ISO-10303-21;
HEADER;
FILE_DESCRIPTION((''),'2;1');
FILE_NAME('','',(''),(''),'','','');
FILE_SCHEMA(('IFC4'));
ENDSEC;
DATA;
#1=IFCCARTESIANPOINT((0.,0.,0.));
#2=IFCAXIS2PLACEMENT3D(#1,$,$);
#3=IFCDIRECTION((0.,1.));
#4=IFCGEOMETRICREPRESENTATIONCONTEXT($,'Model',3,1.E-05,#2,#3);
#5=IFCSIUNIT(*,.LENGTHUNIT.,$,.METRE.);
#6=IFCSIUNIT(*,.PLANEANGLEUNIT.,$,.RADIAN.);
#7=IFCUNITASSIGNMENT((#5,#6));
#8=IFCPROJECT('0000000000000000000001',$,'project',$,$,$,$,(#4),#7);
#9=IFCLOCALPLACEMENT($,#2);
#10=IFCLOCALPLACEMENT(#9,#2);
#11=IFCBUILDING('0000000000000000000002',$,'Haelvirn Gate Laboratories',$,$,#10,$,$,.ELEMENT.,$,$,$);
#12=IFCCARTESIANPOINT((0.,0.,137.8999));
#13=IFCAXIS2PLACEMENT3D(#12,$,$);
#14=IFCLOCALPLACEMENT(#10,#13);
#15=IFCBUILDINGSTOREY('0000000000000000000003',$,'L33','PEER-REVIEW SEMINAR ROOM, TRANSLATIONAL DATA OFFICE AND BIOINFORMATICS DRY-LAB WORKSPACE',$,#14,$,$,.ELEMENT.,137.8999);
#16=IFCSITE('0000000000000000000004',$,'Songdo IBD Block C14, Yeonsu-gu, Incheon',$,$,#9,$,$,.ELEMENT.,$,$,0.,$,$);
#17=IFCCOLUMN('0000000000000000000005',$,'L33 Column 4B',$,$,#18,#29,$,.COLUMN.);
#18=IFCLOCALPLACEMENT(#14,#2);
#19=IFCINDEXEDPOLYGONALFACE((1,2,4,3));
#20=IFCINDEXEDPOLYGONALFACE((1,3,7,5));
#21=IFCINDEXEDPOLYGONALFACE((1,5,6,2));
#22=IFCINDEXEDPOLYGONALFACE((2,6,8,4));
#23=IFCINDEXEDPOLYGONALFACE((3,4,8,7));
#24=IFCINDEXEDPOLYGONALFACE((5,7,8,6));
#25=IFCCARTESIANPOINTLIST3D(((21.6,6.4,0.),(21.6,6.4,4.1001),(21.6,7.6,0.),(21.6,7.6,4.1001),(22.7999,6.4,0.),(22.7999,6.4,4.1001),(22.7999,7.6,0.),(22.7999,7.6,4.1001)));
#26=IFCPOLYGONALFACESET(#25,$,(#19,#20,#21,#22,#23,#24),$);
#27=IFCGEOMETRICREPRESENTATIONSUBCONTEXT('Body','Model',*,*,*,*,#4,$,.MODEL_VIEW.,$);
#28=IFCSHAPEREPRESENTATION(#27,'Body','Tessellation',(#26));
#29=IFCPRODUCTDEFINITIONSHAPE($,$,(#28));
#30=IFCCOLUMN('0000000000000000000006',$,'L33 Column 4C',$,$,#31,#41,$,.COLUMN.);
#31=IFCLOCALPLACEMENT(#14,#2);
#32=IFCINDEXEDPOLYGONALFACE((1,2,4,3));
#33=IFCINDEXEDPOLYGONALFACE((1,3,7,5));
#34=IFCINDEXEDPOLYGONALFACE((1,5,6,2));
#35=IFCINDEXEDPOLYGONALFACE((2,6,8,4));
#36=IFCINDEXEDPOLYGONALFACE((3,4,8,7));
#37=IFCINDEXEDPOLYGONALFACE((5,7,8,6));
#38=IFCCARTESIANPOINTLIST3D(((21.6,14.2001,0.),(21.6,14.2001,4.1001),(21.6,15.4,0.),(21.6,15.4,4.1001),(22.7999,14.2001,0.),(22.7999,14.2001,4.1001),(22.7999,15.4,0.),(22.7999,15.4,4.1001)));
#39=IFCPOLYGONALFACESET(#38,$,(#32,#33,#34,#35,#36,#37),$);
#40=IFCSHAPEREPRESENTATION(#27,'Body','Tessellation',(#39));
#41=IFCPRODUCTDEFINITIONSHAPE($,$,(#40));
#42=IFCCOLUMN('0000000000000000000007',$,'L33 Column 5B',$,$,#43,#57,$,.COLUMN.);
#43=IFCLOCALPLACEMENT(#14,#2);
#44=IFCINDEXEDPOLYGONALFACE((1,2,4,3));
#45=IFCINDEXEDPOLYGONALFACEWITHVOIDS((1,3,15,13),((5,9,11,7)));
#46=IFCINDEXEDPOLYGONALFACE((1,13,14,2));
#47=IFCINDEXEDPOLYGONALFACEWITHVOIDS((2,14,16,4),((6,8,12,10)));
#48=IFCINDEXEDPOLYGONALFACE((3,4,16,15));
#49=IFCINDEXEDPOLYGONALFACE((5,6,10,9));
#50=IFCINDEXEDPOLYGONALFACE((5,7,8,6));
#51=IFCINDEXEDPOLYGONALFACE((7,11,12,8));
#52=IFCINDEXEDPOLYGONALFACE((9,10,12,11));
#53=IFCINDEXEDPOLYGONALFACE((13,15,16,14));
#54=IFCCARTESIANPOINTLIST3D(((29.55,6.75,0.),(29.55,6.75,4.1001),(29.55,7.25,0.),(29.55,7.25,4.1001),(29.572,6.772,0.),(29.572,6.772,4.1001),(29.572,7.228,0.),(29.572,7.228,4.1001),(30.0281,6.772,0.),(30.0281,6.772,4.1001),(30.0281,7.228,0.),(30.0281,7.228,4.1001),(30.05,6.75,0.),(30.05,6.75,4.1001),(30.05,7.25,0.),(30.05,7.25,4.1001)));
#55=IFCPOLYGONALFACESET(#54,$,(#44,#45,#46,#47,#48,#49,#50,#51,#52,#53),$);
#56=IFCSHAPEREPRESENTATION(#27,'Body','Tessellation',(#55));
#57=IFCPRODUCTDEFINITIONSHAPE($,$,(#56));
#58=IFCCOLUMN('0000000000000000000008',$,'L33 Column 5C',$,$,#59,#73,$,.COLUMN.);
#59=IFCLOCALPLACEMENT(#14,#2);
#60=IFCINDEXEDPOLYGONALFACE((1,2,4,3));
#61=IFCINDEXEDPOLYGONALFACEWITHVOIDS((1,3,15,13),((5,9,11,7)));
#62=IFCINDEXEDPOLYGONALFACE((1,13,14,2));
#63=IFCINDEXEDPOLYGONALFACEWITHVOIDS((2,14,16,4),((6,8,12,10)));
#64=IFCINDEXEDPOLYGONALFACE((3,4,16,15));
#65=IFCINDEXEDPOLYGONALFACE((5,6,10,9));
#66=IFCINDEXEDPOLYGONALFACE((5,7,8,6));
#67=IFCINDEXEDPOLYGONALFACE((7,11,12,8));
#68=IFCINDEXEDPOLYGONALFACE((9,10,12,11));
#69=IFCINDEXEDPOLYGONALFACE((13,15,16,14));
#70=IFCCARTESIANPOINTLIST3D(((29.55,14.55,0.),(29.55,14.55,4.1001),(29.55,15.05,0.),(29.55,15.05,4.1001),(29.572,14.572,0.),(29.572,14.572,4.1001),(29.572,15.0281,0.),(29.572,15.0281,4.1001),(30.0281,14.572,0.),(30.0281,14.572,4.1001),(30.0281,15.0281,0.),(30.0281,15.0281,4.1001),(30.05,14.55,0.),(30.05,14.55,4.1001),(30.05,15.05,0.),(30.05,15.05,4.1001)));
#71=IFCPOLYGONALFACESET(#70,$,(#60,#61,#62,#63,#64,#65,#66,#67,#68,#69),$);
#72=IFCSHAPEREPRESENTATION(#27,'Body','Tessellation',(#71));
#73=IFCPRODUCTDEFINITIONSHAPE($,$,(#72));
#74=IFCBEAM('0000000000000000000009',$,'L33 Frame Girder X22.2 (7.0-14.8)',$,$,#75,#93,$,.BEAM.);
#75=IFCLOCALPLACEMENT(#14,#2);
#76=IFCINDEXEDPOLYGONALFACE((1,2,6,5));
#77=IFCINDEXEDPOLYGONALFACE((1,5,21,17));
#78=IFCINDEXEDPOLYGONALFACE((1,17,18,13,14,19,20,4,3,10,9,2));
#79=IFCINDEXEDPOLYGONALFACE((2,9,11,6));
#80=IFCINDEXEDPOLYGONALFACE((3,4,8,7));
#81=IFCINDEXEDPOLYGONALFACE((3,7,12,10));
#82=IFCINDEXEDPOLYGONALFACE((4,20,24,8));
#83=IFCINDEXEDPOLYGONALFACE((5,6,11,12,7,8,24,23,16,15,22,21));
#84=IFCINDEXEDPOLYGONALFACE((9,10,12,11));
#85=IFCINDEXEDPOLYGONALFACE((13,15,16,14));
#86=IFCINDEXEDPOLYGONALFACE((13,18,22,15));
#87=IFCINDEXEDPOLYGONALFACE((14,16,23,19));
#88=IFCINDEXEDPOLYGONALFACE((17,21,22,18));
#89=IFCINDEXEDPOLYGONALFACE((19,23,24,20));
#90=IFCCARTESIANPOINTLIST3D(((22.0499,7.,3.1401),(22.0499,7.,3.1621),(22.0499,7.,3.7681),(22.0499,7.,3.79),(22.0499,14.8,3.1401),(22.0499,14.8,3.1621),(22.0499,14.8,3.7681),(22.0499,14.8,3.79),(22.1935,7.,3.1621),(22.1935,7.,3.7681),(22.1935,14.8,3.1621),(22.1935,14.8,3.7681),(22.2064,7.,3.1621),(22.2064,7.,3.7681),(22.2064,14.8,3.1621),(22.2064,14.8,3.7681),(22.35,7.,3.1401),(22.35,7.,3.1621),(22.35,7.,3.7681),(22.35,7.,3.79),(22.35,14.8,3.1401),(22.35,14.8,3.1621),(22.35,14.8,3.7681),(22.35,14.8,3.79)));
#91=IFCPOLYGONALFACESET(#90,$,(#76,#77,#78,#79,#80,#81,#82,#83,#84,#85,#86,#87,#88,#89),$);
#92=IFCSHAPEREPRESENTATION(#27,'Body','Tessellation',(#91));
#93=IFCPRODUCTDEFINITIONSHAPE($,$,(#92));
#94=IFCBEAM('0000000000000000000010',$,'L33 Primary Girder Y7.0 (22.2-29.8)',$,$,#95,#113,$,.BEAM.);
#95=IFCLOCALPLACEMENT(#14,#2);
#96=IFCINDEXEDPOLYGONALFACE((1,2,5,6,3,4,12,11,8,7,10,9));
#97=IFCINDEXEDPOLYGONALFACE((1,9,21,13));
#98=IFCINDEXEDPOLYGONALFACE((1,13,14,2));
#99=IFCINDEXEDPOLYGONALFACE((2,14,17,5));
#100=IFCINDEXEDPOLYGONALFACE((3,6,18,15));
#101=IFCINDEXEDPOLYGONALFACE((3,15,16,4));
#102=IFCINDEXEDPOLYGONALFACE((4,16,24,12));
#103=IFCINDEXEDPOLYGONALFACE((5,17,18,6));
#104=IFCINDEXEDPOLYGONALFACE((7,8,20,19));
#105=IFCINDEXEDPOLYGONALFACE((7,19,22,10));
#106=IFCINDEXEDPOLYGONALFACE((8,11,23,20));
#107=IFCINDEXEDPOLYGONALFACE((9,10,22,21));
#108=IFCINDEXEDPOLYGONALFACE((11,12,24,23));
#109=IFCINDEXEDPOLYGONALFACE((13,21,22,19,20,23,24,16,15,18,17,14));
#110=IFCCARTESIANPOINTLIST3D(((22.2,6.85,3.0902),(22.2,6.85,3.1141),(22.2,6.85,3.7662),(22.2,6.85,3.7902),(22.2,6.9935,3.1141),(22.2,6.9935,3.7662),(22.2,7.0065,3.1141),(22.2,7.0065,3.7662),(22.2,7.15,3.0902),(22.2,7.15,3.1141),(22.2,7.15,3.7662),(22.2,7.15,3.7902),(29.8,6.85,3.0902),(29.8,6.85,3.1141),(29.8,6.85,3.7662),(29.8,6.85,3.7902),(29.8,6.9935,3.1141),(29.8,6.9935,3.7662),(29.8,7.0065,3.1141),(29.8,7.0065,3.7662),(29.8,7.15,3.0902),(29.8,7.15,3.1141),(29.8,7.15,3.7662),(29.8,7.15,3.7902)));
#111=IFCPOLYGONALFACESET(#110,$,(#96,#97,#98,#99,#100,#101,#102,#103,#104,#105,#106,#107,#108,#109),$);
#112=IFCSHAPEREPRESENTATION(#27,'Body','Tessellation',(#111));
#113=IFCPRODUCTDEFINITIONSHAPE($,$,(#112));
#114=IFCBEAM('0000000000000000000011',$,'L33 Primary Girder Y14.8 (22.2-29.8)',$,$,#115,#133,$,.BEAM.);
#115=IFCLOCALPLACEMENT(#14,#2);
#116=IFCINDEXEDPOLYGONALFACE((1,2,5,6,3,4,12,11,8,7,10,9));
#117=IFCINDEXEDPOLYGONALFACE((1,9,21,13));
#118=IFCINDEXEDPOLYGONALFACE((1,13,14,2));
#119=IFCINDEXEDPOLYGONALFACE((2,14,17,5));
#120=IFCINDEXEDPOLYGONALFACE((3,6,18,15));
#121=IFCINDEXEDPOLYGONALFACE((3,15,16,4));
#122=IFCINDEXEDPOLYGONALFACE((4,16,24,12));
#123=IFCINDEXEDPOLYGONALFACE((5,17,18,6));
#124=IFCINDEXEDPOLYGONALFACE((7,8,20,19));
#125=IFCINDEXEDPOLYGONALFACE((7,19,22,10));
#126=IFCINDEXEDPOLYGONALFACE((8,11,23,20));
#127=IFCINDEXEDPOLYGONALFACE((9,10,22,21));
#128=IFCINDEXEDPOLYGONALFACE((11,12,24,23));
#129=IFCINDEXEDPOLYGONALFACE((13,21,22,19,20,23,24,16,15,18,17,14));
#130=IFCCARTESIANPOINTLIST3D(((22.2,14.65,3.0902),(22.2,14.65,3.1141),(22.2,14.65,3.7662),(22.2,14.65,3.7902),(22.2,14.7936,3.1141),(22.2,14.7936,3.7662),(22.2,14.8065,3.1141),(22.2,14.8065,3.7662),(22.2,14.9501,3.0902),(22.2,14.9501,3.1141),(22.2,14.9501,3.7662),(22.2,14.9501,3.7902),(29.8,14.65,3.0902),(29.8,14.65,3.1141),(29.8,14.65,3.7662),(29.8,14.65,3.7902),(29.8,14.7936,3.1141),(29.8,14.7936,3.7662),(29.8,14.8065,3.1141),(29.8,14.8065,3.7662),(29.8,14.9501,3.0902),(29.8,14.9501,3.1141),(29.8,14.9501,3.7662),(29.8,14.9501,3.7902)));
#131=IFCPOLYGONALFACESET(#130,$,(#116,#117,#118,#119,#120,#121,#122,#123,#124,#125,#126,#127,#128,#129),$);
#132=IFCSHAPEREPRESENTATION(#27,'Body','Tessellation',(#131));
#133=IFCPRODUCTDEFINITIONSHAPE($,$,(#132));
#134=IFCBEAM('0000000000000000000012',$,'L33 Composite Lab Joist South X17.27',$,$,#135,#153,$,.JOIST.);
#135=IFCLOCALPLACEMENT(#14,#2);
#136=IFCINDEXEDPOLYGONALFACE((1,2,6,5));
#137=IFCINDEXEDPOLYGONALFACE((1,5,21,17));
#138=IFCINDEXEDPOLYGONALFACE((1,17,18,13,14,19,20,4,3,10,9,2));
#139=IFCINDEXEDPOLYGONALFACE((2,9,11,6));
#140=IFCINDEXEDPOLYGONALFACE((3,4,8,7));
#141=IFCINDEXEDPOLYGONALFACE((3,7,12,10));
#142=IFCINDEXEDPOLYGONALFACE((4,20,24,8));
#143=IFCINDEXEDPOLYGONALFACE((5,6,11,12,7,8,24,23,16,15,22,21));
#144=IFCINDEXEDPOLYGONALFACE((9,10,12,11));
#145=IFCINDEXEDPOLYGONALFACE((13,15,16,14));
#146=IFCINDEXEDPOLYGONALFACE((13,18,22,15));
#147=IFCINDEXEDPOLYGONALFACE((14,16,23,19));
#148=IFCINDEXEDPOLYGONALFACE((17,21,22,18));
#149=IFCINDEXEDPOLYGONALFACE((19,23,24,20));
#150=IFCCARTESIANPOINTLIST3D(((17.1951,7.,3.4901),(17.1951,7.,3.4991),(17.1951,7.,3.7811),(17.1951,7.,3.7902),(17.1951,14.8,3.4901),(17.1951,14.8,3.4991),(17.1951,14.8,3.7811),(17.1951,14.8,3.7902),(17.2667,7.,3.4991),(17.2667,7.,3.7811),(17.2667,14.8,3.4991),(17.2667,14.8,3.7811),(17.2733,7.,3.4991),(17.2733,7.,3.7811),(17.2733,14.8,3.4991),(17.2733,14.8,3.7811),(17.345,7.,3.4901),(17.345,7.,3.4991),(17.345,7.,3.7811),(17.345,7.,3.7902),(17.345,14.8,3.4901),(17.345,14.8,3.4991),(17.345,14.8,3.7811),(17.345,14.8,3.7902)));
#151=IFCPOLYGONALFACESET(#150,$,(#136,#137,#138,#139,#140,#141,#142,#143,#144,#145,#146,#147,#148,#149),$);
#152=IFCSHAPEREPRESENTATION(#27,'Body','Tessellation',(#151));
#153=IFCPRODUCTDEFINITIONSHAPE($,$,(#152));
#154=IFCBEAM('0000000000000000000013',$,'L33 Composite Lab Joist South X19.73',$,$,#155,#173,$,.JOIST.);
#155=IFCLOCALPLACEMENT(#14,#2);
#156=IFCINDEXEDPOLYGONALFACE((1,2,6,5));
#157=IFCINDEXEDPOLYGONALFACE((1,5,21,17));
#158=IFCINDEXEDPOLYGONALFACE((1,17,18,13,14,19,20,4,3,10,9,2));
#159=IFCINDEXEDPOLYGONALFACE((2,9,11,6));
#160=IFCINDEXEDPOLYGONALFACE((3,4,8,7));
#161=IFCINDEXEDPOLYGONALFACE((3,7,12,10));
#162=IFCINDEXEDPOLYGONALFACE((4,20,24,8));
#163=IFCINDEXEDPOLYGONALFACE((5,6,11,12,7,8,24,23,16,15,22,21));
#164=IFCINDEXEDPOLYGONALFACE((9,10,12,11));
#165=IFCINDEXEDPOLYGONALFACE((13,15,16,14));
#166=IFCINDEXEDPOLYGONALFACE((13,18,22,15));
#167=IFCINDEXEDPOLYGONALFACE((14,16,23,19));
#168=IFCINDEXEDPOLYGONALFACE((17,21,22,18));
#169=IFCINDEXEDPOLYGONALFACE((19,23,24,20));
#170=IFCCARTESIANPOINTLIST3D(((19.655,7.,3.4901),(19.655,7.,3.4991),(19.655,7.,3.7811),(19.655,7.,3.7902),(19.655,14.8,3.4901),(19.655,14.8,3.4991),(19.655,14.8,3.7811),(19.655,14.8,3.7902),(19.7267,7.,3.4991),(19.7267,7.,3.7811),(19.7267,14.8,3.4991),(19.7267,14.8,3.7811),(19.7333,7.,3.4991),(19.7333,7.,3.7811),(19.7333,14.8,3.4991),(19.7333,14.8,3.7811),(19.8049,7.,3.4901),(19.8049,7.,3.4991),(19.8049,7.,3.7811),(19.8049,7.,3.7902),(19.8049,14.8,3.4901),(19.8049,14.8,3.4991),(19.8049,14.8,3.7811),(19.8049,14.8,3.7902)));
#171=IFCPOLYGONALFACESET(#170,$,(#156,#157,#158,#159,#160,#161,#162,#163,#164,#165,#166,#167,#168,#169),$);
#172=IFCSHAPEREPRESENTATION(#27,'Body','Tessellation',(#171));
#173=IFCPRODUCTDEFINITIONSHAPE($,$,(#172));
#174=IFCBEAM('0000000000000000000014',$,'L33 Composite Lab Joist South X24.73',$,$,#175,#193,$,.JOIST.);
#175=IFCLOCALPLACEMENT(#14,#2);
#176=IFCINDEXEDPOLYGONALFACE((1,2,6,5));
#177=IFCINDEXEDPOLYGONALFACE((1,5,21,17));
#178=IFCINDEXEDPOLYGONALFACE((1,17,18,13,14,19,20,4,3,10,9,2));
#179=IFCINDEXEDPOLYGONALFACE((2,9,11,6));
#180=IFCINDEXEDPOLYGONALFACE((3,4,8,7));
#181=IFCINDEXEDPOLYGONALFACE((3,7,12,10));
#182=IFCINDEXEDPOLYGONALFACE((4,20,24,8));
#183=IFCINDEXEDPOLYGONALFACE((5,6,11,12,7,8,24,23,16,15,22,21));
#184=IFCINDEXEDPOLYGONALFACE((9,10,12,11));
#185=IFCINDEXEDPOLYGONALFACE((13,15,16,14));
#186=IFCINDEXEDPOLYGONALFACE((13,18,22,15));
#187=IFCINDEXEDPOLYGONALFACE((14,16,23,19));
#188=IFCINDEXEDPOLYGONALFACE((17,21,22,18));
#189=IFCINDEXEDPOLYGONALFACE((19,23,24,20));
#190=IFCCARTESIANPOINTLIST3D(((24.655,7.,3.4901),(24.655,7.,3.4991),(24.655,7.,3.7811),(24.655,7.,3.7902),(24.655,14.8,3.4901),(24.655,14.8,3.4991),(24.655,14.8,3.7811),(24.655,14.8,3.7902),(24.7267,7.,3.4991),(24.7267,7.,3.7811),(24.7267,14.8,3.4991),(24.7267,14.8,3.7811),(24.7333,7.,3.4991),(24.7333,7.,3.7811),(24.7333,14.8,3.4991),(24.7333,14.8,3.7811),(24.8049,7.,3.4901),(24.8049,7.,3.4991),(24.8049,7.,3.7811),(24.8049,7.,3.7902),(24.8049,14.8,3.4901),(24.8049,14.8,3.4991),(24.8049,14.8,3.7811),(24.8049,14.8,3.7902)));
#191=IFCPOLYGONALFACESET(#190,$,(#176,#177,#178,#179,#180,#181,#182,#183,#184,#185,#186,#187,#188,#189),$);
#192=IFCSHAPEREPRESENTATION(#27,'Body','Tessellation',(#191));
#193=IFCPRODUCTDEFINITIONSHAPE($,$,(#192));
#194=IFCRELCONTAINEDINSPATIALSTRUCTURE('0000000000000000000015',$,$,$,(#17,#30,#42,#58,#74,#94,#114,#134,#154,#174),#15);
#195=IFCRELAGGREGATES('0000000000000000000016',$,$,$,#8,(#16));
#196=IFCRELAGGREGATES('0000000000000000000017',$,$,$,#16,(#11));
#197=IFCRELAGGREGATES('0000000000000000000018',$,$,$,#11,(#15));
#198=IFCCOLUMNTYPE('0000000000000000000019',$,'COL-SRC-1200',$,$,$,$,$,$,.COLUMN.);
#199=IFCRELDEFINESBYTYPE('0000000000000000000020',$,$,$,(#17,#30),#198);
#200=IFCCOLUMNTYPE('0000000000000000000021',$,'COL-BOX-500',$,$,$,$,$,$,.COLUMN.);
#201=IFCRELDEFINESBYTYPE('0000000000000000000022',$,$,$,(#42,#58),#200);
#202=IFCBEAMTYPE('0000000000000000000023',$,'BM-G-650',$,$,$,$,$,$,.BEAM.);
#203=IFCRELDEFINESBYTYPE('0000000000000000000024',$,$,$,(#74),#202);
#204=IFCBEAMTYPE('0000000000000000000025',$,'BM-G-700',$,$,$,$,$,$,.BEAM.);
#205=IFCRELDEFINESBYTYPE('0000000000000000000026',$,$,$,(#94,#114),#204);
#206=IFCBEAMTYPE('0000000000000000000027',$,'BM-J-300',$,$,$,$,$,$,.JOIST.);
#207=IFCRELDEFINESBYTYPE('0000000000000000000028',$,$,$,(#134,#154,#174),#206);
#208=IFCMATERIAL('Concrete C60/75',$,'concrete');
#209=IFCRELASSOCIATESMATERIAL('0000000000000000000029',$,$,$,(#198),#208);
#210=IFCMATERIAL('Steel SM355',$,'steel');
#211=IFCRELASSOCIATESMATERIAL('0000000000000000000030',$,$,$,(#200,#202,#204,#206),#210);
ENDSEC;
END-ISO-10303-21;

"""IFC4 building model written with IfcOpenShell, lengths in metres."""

from ifc_helpers import new_model, si_unit, direction, frame, origin, origin_2d, place, context, subcontext, project, spatial, rectangle, hollow_rectangle, i_section, extrude, source, transform, mapped, material, material_profile, profile_set, type_object, type_shapes, element, save


model = new_model("IFC4")

# Units and contexts
model_context = context("Model", 3, precision=1e-05, world=origin(), true_north=direction((0.0, 1.0)))
body_context = subcontext(model_context, "Body", "Model", "MODEL_VIEW")
ifc_project = project(units=[si_unit("LENGTHUNIT", "METRE"), si_unit("PLANEANGLEUNIT", "RADIAN")], contexts=[model_context])

# Site, building, storey
site_placement = place(None, origin())
site = spatial("IfcSite", under=ifc_project, at=site_placement, Name="Songdo IBD Block C14, Yeonsu-gu, Incheon", CompositionType="ELEMENT", RefElevation=0.0)
building_placement = place(site_placement, origin())
building = spatial("IfcBuilding", under=site, at=building_placement, Name="Haelvirn Gate Laboratories", CompositionType="ELEMENT")
storey_placement = place(building_placement, frame((0.0, 0.0, 137.8999)))
storey = spatial("IfcBuildingStorey", under=building, at=storey_placement, Name="L33", Description="PEER-REVIEW SEMINAR ROOM, TRANSLATIONAL DATA OFFICE AND BIOINFORMATICS DRY-LAB WORKSPACE", CompositionType="ELEMENT", Elevation=137.8999)

# Columns
ifc_material_1 = material(Name="Concrete C60/75", Category="concrete")
ifc_material_profile_1 = material_profile(ifc_material_1, rectangle(XDim=1.2, YDim=1.2, at=origin_2d()), Name="SRC-1200x1200")
ifc_profile_set_1 = profile_set([ifc_material_profile_1], Name="Concrete C60/75")
column_type_1 = type_object("IfcColumnType", Name="COL-SRC-1200", PredefinedType="COLUMN", material=ifc_profile_set_1)
shared_shape_1 = source(origin(), body_context, "Body", "SweptSolid", [
    extrude(rectangle(XDim=1.2, YDim=1.2, at=origin_2d()), origin(), (0.0, 0.0, 1.0), 4.1001),
])
type_shapes(column_type_1, [shared_shape_1])
for number, where, z_axis, x_axis, name in (
    (1, (22.2, 7.0, 0.0), (0.0, 0.0, 1.0), (1.0, 0.0, 0.0), "L33 Column 4B"),
    (2, (22.2, 14.8, 0.0), (0.0, 0.0, 1.0), (1.0, 0.0, 0.0), "L33 Column 4C"),
):
    element("IfcColumn", number, at=place(storey_placement, frame(where, z_axis=z_axis, x_axis=x_axis)), inside=storey, type_object=column_type_1, Name=name, PredefinedType="COLUMN", context=body_context, shape_type="MappedRepresentation", body=[
        mapped(shared_shape_1, transform((0.0, 0.0, 0.0), scale=1.0)),
    ])
ifc_material_2 = material(Name="Steel SM355", Category="steel")
ifc_material_profile_2 = material_profile(ifc_material_2, hollow_rectangle(XDim=0.5, YDim=0.5, WallThickness=0.022, at=origin_2d()), Name="BOX-500x500x22")
ifc_profile_set_2 = profile_set([ifc_material_profile_2], Name="Steel SM355")
column_type_2 = type_object("IfcColumnType", Name="COL-BOX-500", PredefinedType="COLUMN", material=ifc_profile_set_2)
shared_shape_2 = source(origin(), body_context, "Body", "SweptSolid", [
    extrude(hollow_rectangle(XDim=0.5, YDim=0.5, WallThickness=0.022, at=origin_2d()), origin(), (0.0, 0.0, 1.0), 4.1001),
])
type_shapes(column_type_2, [shared_shape_2])
for number, where, z_axis, x_axis, name in (
    (3, (29.8, 7.0, 0.0), (0.0, 0.0, 1.0), (1.0, 0.0, 0.0), "L33 Column 5B"),
    (4, (29.8, 14.8, 0.0), (0.0, 0.0, 1.0), (1.0, 0.0, 0.0), "L33 Column 5C"),
):
    element("IfcColumn", number, at=place(storey_placement, frame(where, z_axis=z_axis, x_axis=x_axis)), inside=storey, type_object=column_type_2, Name=name, PredefinedType="COLUMN", context=body_context, shape_type="MappedRepresentation", body=[
        mapped(shared_shape_2, transform((0.0, 0.0, 0.0), scale=1.0)),
    ])

# Beams
ifc_material_profile_3 = material_profile(ifc_material_2, i_section(OverallWidth=0.3, OverallDepth=0.6499, WebThickness=0.0129, FlangeThickness=0.022, at=origin_2d()), Name="H-650x300x13x22")
ifc_profile_set_3 = profile_set([ifc_material_profile_3], Name="Steel SM355")
beam_type_1 = type_object("IfcBeamType", Name="BM-G-650", PredefinedType="BEAM", material=ifc_profile_set_3)
shared_shape_3 = source(origin(), body_context, "Body", "SweptSolid", [
    extrude(i_section(OverallWidth=0.3, OverallDepth=0.6499, WebThickness=0.0129, FlangeThickness=0.022, at=origin_2d()), origin(), (0.0, 0.0, 1.0), 7.8),
])
type_shapes(beam_type_1, [shared_shape_3])
beam_placement = place(storey_placement, frame((22.2, 7.0, 3.4651), z_axis=(0.0, 1.0, 0.0), x_axis=(-1.0, 0.0, 0.0)))
element("IfcBeam", 5, at=beam_placement, inside=storey, type_object=beam_type_1, Name="L33 Frame Girder X22.2 (7.0-14.8)", PredefinedType="BEAM", context=body_context, shape_type="MappedRepresentation", body=[
    mapped(shared_shape_3, transform((0.0, 0.0, 0.0), scale=1.0)),
])
ifc_material_profile_4 = material_profile(ifc_material_2, i_section(OverallWidth=0.3, OverallDepth=0.7, WebThickness=0.0129, FlangeThickness=0.0239, at=origin_2d()), Name="H-700x300x13x24")
ifc_profile_set_4 = profile_set([ifc_material_profile_4], Name="Steel SM355")
beam_type_2 = type_object("IfcBeamType", Name="BM-G-700", PredefinedType="BEAM", material=ifc_profile_set_4)
shared_shape_4 = source(origin(), body_context, "Body", "SweptSolid", [
    extrude(i_section(OverallWidth=0.3, OverallDepth=0.7, WebThickness=0.0129, FlangeThickness=0.0239, at=origin_2d()), origin(), (0.0, 0.0, 1.0), 7.6001),
])
type_shapes(beam_type_2, [shared_shape_4])
for number, where, z_axis, x_axis, name in (
    (6, (22.2, 7.0, 3.4402), (1.0, 0.0, 0.0), (0.0, 1.0, 0.0), "L33 Primary Girder Y7.0 (22.2-29.8)"),
    (7, (22.2, 14.8, 3.4402), (1.0, 0.0, 0.0), (0.0, 1.0, 0.0), "L33 Primary Girder Y14.8 (22.2-29.8)"),
):
    element("IfcBeam", number, at=place(storey_placement, frame(where, z_axis=z_axis, x_axis=x_axis)), inside=storey, type_object=beam_type_2, Name=name, PredefinedType="BEAM", context=body_context, shape_type="MappedRepresentation", body=[
        mapped(shared_shape_4, transform((0.0, 0.0, 0.0), scale=1.0)),
    ])
ifc_material_profile_5 = material_profile(ifc_material_2, i_section(OverallWidth=0.1499, OverallDepth=0.3, WebThickness=0.0066, FlangeThickness=0.009, at=origin_2d()), Name="H-300x150x6.5x9")
ifc_profile_set_5 = profile_set([ifc_material_profile_5], Name="Steel SM355")
beam_type_3 = type_object("IfcBeamType", Name="BM-J-300", PredefinedType="JOIST", material=ifc_profile_set_5)
shared_shape_5 = source(origin(), body_context, "Body", "SweptSolid", [
    extrude(i_section(OverallWidth=0.1499, OverallDepth=0.3, WebThickness=0.0066, FlangeThickness=0.009, at=origin_2d()), origin(), (0.0, 0.0, 1.0), 7.8),
])
type_shapes(beam_type_3, [shared_shape_5])
for number, where, z_axis, x_axis, name in (
    (8, (17.27, 7.0, 3.6401), (0.0, 1.0, 0.0), (-1.0, 0.0, 0.0), "L33 Composite Lab Joist South X17.27"),
    (9, (19.73, 7.0, 3.6401), (0.0, 1.0, 0.0), (-1.0, 0.0, 0.0), "L33 Composite Lab Joist South X19.73"),
    (10, (24.73, 7.0, 3.6401), (0.0, 1.0, 0.0), (-1.0, 0.0, 0.0), "L33 Composite Lab Joist South X24.73"),
):
    element("IfcBeam", number, at=place(storey_placement, frame(where, z_axis=z_axis, x_axis=x_axis)), inside=storey, type_object=beam_type_3, Name=name, PredefinedType="JOIST", context=body_context, shape_type="MappedRepresentation", body=[
        mapped(shared_shape_5, transform((0.0, 0.0, 0.0), scale=1.0)),
    ])

save(model, "model.ifc")
